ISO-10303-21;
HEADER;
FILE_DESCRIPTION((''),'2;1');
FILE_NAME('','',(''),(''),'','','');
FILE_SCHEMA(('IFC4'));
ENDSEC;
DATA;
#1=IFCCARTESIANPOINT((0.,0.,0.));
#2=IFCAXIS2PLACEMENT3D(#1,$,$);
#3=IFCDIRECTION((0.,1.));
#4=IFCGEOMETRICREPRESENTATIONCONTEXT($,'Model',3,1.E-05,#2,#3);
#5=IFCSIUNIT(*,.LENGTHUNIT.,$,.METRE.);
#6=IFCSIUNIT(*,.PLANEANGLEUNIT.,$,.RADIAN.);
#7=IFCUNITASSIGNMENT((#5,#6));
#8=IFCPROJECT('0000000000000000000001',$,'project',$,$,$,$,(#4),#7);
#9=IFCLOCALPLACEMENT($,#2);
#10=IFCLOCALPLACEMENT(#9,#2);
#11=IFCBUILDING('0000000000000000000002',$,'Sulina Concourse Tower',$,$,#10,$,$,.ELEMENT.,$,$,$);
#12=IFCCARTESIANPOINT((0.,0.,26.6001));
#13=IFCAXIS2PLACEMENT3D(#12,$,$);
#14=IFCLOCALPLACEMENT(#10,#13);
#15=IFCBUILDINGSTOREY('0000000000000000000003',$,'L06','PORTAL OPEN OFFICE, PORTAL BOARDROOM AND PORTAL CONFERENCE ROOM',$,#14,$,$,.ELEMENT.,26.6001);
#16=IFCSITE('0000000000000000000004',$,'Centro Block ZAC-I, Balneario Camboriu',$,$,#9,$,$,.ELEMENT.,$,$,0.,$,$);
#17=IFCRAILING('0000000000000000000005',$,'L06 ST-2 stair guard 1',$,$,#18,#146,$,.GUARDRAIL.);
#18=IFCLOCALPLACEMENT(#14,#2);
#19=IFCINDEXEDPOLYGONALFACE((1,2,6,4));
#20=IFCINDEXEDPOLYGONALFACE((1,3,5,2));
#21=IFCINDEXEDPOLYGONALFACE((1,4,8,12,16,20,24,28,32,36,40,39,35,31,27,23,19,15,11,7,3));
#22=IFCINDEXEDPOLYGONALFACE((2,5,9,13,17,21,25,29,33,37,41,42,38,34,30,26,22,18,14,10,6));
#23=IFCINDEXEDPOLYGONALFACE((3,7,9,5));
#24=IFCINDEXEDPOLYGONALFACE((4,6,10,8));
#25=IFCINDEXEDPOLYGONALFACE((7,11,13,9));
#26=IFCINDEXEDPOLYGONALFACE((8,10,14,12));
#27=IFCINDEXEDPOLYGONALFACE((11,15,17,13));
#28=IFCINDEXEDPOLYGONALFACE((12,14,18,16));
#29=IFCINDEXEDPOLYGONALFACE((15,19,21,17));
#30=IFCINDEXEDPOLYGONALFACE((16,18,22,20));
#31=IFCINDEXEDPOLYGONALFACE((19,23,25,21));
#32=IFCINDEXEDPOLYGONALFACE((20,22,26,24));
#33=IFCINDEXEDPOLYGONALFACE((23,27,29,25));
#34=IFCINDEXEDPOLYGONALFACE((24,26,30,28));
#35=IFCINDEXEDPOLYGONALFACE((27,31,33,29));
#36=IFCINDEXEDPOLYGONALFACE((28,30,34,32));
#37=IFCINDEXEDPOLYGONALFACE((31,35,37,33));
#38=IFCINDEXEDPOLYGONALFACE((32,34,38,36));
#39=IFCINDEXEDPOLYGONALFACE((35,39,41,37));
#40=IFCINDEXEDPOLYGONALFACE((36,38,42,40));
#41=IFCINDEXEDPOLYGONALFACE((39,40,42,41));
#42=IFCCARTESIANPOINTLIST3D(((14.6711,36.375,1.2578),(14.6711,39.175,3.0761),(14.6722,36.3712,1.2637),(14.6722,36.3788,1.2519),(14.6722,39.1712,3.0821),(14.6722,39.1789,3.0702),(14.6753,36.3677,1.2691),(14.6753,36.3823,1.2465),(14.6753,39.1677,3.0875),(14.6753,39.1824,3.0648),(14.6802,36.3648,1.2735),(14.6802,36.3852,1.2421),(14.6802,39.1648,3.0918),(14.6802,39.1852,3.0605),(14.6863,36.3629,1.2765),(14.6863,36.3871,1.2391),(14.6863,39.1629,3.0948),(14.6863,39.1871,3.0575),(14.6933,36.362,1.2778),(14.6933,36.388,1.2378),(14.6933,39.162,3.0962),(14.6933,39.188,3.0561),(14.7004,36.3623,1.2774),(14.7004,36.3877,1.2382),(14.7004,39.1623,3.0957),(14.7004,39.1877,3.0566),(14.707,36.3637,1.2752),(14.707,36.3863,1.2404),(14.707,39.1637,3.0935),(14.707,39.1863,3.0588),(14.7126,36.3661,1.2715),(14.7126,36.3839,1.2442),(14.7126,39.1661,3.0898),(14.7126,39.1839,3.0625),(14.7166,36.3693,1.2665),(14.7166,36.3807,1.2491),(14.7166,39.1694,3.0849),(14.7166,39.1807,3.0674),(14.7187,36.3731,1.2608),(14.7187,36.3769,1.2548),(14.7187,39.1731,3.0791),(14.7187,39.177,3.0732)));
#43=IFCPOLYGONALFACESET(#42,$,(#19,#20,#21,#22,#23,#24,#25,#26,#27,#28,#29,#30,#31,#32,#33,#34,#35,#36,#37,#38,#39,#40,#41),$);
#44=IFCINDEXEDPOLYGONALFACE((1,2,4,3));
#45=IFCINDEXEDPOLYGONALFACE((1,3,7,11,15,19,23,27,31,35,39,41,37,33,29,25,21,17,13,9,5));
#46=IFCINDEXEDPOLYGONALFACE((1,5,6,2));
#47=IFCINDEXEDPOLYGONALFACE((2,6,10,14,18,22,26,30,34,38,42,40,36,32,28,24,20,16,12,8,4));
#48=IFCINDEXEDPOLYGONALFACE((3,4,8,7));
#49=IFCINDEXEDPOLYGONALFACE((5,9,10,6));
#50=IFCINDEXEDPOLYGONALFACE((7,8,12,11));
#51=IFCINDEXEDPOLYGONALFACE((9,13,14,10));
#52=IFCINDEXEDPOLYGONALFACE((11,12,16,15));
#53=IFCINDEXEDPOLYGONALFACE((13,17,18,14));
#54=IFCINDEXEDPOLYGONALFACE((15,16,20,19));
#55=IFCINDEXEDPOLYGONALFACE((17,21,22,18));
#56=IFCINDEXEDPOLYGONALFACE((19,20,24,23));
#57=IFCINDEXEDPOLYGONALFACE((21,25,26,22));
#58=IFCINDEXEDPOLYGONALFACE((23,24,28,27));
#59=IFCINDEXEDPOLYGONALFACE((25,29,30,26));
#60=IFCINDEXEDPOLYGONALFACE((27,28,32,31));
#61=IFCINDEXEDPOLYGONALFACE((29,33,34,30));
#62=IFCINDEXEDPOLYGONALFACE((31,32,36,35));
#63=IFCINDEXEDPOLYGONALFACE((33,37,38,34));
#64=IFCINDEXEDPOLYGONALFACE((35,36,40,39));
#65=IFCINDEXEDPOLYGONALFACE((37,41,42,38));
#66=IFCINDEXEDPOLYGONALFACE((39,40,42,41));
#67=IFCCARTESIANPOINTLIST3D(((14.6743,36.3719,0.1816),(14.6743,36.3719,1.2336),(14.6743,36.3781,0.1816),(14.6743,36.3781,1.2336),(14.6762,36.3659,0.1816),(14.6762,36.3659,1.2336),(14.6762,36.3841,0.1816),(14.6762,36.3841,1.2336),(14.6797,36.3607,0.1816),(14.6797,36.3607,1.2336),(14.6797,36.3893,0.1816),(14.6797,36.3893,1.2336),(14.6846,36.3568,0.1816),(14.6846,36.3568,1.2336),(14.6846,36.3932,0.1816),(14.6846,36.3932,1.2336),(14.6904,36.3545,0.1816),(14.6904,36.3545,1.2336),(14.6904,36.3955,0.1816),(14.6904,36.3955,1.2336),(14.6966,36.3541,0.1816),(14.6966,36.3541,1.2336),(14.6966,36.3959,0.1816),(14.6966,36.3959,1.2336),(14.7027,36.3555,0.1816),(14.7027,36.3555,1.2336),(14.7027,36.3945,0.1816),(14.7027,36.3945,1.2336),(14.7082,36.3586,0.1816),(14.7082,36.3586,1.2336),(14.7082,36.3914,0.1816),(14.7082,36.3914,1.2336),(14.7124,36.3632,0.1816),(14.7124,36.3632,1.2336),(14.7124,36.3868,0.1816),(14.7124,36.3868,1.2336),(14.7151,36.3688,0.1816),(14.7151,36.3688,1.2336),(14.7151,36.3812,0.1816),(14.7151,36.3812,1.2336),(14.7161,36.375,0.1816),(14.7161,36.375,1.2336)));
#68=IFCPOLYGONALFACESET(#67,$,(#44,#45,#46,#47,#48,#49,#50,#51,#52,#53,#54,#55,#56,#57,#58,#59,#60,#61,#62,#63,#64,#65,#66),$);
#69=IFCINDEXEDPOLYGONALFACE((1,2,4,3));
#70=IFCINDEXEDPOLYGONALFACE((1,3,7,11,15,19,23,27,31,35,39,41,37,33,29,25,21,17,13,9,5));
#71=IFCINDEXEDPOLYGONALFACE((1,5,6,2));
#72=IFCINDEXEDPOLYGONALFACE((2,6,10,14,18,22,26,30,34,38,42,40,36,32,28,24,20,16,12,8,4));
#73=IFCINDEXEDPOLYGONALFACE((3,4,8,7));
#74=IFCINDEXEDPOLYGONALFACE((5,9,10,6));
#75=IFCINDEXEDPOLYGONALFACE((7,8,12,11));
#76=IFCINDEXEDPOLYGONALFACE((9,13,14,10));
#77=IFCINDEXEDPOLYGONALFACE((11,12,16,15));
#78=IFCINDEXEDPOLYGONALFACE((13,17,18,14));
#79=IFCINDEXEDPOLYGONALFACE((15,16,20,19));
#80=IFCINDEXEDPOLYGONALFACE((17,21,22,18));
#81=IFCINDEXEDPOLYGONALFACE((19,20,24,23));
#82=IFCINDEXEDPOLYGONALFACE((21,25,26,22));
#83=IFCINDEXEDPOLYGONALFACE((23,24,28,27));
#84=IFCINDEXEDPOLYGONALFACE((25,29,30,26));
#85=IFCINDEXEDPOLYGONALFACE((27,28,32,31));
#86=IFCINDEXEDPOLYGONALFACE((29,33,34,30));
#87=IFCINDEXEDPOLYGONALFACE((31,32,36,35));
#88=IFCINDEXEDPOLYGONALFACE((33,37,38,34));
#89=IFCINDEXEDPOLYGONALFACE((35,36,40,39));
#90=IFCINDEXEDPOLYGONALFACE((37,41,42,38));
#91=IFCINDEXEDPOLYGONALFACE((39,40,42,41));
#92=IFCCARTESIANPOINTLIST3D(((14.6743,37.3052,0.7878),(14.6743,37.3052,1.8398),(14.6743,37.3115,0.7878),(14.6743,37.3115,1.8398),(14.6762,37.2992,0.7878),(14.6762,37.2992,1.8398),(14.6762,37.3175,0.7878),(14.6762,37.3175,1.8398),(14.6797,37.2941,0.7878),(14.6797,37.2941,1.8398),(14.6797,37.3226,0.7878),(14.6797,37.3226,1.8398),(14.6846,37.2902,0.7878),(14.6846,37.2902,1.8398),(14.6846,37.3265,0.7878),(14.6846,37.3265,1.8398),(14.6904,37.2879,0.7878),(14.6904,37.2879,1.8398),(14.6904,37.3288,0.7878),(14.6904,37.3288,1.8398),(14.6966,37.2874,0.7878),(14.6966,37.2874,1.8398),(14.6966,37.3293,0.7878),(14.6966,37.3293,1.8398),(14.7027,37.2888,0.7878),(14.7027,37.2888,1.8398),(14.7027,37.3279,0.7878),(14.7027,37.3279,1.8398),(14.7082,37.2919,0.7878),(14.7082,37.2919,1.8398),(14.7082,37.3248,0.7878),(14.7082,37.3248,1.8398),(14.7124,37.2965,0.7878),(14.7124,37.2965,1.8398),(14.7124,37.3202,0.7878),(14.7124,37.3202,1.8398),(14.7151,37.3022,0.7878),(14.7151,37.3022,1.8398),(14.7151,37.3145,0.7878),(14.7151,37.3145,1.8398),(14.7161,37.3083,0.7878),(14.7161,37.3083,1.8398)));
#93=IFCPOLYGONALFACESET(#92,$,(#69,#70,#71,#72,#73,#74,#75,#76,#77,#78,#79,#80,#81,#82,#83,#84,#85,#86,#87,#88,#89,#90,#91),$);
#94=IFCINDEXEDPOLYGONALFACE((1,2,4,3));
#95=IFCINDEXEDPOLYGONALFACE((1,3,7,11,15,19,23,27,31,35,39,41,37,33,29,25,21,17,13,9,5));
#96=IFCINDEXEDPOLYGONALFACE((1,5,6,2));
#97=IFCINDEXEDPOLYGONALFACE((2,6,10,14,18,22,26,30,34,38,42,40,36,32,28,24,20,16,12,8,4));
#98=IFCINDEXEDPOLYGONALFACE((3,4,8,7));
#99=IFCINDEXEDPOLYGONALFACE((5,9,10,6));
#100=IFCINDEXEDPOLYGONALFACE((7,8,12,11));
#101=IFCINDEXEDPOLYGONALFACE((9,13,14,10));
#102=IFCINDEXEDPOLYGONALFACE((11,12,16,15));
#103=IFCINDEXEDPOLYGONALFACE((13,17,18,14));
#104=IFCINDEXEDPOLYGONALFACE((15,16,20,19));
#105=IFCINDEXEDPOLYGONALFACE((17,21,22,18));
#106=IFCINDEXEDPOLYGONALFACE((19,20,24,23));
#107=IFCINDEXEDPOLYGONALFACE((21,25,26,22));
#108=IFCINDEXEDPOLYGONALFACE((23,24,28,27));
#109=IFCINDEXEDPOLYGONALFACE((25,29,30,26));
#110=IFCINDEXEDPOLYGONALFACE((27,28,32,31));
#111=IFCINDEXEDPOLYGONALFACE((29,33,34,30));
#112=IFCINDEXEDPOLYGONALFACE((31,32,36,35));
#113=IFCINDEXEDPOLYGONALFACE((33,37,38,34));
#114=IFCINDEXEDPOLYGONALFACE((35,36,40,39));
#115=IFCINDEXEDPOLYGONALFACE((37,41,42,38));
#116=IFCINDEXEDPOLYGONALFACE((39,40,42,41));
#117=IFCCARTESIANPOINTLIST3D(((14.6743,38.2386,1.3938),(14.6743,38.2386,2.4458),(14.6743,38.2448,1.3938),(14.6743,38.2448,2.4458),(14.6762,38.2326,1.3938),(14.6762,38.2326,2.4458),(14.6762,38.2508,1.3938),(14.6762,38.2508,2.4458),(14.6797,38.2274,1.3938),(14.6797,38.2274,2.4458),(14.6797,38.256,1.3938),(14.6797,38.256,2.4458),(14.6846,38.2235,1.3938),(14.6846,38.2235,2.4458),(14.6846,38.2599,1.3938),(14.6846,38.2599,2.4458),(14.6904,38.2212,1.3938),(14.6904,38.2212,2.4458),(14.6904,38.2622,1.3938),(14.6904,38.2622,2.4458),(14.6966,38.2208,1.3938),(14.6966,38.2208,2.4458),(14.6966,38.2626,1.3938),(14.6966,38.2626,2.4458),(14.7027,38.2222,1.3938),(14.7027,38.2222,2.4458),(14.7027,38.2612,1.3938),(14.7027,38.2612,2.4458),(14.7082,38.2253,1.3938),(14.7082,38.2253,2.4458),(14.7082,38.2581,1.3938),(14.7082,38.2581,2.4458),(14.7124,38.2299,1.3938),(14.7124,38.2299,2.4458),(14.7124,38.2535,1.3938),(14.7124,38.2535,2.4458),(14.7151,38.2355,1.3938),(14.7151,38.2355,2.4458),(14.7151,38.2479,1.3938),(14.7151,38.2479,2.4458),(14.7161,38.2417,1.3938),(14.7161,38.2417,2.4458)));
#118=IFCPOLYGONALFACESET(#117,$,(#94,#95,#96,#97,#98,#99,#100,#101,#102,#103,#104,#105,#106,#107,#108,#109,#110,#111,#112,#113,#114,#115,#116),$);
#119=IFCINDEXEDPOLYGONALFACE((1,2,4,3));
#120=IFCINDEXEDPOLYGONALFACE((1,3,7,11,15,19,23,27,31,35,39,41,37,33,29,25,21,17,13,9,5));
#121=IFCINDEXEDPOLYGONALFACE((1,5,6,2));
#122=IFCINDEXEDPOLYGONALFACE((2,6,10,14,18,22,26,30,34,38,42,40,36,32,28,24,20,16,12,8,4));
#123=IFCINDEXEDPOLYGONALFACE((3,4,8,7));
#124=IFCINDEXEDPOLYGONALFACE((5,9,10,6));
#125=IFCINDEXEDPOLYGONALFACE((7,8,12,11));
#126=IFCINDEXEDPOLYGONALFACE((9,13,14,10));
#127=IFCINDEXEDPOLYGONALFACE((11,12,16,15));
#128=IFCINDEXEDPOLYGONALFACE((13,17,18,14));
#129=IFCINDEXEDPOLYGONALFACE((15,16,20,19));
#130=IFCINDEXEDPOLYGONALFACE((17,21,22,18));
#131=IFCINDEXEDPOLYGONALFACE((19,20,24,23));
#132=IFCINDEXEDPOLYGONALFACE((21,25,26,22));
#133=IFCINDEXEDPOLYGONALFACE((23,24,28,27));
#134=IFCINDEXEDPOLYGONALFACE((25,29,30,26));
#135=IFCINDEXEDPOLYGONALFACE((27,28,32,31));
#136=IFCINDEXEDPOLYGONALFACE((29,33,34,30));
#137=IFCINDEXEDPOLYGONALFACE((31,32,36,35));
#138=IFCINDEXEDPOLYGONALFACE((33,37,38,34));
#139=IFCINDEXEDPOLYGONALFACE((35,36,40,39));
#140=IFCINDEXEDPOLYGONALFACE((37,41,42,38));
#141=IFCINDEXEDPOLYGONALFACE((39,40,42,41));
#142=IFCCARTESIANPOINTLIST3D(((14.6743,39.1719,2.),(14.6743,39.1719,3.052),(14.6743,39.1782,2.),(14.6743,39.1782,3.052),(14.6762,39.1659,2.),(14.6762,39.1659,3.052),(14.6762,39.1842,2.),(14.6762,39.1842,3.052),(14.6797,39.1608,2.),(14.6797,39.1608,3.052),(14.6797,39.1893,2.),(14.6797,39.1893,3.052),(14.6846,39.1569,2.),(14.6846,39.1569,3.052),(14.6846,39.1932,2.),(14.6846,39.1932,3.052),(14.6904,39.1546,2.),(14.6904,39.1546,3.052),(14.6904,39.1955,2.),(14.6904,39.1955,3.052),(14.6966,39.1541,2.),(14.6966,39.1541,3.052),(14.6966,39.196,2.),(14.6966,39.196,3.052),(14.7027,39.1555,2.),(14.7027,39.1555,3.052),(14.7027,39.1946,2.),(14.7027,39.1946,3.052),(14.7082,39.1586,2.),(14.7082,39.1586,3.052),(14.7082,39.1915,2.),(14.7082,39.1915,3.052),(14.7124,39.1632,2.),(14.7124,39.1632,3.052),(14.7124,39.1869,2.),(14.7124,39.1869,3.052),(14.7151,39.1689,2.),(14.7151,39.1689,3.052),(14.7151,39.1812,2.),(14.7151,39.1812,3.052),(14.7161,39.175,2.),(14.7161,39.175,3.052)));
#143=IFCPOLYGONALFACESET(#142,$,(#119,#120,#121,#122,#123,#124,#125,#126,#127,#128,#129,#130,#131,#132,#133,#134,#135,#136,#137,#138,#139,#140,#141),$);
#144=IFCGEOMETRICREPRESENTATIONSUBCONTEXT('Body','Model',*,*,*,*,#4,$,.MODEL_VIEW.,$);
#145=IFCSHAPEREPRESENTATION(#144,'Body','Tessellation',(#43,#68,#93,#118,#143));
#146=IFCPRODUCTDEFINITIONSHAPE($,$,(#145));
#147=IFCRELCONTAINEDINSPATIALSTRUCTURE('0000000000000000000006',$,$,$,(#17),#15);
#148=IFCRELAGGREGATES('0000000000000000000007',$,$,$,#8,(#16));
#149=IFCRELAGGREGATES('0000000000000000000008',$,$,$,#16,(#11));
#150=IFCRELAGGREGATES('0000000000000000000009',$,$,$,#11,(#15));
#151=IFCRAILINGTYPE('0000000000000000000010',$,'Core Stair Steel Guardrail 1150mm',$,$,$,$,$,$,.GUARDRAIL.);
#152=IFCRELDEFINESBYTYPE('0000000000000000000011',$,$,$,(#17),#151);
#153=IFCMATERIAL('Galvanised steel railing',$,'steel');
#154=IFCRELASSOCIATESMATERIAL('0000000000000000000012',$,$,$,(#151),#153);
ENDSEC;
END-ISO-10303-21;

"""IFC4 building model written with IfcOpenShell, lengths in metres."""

from ifc_helpers import new_model, si_unit, direction, frame, origin, origin_2d, place, context, subcontext, project, spatial, circle, extrude, material, type_object, element, save


model = new_model("IFC4")

# Units and contexts
model_context = context("Model", 3, precision=1e-05, world=origin(), true_north=direction((0.0, 1.0)))
body_context = subcontext(model_context, "Body", "Model", "MODEL_VIEW")
ifc_project = project(units=[si_unit("LENGTHUNIT", "METRE"), si_unit("PLANEANGLEUNIT", "RADIAN")], contexts=[model_context])

# Site, building, storey
site_placement = place(None, origin())
site = spatial("IfcSite", under=ifc_project, at=site_placement, Name="Centro Block ZAC-I, Balneario Camboriu", CompositionType="ELEMENT", RefElevation=0.0)
building_placement = place(site_placement, origin())
building = spatial("IfcBuilding", under=site, at=building_placement, Name="Sulina Concourse Tower", CompositionType="ELEMENT")
storey_placement = place(building_placement, frame((0.0, 0.0, 26.6001)))
storey = spatial("IfcBuildingStorey", under=building, at=storey_placement, Name="L06", Description="PORTAL OPEN OFFICE, PORTAL BOARDROOM AND PORTAL CONFERENCE ROOM", CompositionType="ELEMENT", Elevation=26.6001)

# Railing
ifc_material_1 = material(Name="Galvanised steel railing", Category="steel")
railing_type_1 = type_object("IfcRailingType", Name="Core Stair Steel Guardrail 1150mm", PredefinedType="GUARDRAIL", material=ifc_material_1)
railing_1_placement = place(storey_placement, frame((14.6951, 36.375, 0.1816)))
element("IfcRailing", 1, at=railing_1_placement, inside=storey, type_object=railing_type_1, Name="L06 ST-2 stair guard 1", PredefinedType="GUARDRAIL", context=body_context, shape_type="SweptSolid", body=[
    extrude(circle(Radius=0.0239, at=origin_2d()), frame((0.0, 0.0, 1.0762), z_axis=(0.0, 0.838672, 0.544636), x_axis=(-1.0, 0.0, 0.0)), (0.0, 0.0, 1.0), 3.3386),
    extrude(circle(Radius=0.021, at=origin_2d()), origin(), (0.0, 0.0, 1.0), 1.052),
    extrude(circle(Radius=0.021, at=origin_2d()), frame((0.0, 0.9333, 0.6062)), (0.0, 0.0, 1.0), 1.052),
    extrude(circle(Radius=0.021, at=origin_2d()), frame((0.0, 1.8667, 1.2122)), (0.0, 0.0, 1.0), 1.052),
    extrude(circle(Radius=0.021, at=origin_2d()), frame((0.0, 2.8, 1.8184)), (0.0, 0.0, 1.0), 1.052),
])

save(model, "model.ifc")
